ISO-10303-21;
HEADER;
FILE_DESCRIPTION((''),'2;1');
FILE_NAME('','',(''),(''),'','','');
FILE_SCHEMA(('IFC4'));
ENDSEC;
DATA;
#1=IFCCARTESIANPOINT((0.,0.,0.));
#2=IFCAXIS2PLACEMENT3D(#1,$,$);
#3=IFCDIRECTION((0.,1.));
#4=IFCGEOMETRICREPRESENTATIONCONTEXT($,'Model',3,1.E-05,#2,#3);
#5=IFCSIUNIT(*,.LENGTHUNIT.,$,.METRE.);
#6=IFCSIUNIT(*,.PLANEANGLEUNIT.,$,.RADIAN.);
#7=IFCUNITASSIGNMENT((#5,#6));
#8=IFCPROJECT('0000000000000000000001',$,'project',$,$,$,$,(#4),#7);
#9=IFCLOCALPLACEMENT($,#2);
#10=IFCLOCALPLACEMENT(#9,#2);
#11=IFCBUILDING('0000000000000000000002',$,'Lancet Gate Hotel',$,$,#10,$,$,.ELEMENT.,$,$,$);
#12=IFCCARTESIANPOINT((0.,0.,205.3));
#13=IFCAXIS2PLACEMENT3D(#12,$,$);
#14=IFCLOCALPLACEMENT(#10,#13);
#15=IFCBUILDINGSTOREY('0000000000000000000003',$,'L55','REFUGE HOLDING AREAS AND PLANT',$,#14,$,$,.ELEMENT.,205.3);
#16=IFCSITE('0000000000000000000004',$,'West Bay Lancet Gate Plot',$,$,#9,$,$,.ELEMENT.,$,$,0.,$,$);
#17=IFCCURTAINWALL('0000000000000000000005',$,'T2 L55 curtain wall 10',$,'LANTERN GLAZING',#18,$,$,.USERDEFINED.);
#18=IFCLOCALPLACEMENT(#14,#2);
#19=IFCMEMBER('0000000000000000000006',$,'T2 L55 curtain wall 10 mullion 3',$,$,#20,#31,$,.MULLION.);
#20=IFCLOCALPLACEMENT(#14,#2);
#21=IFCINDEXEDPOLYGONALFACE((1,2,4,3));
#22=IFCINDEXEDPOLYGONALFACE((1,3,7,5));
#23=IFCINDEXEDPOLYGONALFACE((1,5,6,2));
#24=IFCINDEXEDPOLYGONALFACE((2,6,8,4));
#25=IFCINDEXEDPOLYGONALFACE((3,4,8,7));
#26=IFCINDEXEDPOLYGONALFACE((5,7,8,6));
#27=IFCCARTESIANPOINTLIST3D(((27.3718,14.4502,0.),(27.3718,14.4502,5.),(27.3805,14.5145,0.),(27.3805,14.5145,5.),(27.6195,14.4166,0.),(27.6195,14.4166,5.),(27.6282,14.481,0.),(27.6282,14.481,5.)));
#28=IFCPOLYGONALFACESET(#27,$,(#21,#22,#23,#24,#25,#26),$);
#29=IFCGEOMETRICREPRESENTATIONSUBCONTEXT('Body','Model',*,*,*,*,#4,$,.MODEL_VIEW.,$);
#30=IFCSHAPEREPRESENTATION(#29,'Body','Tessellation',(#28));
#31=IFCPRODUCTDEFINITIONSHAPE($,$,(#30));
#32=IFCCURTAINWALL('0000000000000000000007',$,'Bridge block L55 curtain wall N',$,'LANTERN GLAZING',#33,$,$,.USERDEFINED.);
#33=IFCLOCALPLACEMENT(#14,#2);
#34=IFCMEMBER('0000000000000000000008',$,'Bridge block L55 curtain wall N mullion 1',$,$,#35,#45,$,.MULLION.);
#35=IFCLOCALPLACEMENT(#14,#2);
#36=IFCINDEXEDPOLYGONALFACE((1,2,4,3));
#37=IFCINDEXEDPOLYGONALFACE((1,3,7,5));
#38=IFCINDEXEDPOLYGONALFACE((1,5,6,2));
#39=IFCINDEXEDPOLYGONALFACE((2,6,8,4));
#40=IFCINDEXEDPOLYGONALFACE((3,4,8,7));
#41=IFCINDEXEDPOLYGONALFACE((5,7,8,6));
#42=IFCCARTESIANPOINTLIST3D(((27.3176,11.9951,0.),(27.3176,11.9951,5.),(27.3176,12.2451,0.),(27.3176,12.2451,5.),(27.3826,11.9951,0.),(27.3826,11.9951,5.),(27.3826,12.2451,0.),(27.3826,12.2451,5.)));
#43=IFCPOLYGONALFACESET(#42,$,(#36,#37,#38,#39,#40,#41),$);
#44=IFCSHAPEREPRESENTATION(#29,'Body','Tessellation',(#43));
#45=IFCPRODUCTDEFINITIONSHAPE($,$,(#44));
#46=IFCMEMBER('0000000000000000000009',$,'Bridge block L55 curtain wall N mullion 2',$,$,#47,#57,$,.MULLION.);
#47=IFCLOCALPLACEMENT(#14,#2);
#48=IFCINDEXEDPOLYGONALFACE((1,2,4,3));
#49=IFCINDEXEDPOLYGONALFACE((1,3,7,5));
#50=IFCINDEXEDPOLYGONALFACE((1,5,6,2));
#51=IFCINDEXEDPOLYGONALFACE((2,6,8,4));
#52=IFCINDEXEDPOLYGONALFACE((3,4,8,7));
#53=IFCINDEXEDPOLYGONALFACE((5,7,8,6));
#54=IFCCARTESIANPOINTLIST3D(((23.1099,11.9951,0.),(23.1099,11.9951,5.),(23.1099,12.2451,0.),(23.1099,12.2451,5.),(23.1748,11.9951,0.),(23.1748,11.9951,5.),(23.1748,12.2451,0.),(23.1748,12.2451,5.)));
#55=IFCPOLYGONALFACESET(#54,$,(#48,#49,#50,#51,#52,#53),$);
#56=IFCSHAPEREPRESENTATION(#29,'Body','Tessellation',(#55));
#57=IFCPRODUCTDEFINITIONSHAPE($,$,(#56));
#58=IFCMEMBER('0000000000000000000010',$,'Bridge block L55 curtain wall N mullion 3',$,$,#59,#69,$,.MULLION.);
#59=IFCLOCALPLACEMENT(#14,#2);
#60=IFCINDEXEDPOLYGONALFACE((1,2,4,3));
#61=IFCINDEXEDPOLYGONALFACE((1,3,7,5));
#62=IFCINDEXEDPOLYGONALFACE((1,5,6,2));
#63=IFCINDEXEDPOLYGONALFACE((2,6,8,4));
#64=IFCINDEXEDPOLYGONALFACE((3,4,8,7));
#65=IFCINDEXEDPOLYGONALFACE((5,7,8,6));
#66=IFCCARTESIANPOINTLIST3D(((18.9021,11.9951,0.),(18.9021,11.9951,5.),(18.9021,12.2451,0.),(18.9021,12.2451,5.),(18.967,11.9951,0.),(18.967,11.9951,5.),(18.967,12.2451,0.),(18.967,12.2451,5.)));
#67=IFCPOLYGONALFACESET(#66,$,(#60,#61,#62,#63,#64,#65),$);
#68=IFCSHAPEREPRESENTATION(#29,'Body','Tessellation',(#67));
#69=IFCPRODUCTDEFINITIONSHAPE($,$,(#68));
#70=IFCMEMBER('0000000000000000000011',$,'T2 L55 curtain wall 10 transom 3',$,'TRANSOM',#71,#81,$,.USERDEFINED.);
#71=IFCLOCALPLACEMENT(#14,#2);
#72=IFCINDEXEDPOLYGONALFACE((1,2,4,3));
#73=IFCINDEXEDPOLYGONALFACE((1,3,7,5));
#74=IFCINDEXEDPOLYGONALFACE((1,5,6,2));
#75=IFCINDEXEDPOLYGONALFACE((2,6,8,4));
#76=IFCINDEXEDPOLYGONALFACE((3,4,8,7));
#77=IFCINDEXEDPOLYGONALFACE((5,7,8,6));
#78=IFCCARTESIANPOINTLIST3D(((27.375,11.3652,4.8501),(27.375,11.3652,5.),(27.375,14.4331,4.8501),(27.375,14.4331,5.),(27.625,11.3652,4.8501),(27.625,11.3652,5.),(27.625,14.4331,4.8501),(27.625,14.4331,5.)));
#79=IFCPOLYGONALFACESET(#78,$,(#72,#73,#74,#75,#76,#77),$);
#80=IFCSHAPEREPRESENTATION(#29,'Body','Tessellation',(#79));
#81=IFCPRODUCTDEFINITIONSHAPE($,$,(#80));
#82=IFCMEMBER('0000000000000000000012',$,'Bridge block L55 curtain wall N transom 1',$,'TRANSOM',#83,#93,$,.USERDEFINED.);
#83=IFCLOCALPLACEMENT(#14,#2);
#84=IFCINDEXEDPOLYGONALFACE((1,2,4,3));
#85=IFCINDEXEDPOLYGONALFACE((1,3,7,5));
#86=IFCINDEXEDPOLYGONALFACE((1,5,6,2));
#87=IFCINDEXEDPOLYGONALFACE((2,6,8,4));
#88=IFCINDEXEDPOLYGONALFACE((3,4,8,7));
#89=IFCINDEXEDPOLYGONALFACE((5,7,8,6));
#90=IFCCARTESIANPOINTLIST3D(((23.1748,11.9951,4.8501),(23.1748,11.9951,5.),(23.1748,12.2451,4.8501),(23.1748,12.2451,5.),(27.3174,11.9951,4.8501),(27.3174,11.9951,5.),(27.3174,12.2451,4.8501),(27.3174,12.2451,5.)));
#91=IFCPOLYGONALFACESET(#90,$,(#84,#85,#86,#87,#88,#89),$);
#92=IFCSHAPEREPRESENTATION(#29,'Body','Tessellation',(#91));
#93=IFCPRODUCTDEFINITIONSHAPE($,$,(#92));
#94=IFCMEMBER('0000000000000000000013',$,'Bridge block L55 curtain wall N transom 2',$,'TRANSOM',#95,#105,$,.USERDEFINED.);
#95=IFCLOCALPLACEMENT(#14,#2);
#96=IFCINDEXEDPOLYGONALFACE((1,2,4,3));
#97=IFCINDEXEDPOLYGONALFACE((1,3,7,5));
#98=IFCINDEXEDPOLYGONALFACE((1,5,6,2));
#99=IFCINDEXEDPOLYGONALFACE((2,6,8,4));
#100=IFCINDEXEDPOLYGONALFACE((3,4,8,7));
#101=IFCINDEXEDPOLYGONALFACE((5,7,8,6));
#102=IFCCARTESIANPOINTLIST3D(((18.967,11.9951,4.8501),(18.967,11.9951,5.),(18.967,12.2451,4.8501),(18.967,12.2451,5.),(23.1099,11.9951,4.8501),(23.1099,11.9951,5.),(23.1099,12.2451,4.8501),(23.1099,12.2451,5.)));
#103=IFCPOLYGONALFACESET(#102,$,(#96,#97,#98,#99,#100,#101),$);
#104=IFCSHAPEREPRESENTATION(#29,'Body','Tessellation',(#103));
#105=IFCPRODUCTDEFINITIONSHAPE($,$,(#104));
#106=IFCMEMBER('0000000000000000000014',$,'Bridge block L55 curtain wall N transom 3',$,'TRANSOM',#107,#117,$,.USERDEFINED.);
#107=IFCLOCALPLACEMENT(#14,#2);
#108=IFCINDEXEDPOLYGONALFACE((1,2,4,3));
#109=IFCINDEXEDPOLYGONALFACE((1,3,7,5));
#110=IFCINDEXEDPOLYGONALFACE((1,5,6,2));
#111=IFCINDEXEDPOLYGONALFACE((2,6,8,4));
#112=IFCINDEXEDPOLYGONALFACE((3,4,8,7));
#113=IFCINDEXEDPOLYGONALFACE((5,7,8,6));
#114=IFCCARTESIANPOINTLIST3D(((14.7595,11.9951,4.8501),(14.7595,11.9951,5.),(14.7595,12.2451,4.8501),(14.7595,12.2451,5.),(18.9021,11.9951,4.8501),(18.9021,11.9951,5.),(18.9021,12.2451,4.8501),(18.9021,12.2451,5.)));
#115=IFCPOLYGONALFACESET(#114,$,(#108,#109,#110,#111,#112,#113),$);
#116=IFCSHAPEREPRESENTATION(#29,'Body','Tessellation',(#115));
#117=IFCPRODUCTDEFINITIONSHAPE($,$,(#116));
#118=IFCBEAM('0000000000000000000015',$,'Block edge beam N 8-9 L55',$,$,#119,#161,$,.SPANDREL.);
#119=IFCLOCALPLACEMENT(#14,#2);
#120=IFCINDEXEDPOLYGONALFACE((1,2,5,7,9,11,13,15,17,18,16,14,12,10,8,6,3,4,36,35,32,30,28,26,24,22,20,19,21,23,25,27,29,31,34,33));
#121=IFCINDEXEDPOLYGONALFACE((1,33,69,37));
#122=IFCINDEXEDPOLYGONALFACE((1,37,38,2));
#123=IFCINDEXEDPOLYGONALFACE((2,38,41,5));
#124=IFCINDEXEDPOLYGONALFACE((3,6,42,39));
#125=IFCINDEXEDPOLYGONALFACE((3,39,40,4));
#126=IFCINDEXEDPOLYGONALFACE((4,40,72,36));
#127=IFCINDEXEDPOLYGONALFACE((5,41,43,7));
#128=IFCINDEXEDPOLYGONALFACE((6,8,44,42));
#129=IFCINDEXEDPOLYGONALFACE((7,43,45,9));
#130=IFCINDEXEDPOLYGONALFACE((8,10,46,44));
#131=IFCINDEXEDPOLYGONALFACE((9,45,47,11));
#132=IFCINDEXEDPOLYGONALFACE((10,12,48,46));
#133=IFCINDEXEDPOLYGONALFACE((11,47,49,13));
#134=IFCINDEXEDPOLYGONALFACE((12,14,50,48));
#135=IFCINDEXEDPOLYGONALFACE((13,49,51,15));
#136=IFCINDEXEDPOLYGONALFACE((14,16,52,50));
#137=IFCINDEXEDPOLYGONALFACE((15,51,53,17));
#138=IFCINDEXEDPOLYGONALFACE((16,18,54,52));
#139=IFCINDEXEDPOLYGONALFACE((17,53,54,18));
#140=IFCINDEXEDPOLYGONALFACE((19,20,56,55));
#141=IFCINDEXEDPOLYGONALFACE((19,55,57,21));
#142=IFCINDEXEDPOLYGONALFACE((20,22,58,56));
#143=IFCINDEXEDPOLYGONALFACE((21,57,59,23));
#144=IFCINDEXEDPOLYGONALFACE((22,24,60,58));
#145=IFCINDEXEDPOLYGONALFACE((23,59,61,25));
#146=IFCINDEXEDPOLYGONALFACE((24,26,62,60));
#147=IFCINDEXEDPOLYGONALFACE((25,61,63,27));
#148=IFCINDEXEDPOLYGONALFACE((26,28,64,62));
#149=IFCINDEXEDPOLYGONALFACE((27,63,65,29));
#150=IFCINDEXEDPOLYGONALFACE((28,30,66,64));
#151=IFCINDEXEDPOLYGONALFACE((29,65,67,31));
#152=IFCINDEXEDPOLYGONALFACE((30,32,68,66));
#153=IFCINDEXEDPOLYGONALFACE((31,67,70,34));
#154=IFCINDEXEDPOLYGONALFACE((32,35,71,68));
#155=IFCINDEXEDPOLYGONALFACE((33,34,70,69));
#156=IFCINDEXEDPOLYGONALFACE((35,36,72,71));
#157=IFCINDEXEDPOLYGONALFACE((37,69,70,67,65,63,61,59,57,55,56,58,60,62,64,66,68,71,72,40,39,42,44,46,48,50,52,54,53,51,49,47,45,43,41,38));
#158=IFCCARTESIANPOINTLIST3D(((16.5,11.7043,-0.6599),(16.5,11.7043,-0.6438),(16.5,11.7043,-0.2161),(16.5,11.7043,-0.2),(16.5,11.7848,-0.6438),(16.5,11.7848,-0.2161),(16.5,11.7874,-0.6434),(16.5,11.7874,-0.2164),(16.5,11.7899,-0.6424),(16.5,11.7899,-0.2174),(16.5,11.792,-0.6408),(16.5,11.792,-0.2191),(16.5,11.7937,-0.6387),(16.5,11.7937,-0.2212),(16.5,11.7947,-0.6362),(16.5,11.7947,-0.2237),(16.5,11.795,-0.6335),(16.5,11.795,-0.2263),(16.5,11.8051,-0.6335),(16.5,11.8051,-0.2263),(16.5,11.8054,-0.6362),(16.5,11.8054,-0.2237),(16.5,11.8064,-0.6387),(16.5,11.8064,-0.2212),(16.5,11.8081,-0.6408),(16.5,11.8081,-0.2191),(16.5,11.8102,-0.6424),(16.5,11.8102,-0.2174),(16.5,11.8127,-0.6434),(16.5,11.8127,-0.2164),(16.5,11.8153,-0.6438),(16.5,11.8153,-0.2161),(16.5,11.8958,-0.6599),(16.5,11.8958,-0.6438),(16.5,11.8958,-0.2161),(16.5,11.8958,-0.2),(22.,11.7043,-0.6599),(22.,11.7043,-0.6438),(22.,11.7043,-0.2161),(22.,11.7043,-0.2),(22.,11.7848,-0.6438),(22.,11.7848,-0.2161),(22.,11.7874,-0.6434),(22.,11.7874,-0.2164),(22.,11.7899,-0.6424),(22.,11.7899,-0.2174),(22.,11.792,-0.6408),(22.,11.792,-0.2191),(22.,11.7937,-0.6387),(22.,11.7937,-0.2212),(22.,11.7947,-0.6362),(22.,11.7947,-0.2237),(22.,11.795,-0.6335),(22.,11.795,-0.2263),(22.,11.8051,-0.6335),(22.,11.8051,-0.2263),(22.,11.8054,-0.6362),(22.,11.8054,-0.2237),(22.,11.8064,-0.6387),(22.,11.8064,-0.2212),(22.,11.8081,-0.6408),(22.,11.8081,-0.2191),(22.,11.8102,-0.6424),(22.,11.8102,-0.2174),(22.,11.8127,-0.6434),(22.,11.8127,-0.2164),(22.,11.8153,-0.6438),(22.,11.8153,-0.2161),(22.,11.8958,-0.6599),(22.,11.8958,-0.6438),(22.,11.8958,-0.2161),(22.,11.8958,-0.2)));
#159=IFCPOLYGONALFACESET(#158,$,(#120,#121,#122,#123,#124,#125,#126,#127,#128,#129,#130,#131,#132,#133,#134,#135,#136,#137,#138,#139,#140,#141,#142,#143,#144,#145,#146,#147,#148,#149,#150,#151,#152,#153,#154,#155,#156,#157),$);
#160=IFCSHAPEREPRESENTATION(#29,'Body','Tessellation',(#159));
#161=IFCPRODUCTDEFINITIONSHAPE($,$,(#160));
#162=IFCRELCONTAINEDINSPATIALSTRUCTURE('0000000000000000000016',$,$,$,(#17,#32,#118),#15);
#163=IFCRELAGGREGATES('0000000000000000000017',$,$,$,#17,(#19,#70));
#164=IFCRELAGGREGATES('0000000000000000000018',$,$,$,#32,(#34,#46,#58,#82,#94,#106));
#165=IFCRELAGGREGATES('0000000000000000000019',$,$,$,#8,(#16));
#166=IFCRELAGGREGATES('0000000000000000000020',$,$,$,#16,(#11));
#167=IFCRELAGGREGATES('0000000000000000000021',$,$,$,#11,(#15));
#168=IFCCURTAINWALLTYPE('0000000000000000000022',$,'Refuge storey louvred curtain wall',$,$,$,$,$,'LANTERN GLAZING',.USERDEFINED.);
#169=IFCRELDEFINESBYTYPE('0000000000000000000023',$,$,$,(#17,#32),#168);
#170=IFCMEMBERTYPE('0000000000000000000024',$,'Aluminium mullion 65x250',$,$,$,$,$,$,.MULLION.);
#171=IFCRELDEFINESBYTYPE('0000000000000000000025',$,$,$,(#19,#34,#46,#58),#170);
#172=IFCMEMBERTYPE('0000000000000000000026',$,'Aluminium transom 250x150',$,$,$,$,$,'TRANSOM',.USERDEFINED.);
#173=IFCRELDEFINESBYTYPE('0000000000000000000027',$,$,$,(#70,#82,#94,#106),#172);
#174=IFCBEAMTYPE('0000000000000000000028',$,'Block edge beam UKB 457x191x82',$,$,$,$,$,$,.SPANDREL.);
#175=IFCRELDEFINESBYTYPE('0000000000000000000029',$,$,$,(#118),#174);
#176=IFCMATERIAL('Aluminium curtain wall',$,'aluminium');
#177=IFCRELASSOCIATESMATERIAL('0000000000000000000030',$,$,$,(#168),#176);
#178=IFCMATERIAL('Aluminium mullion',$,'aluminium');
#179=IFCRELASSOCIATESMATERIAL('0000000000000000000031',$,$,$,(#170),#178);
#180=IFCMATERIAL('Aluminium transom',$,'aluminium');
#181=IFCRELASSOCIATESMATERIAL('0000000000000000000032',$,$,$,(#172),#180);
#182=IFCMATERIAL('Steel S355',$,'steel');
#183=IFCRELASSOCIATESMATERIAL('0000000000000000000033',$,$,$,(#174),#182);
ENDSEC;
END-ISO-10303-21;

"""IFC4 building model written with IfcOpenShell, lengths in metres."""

from ifc_helpers import new_model, si_unit, direction, frame, origin, origin_2d, place, context, subcontext, project, spatial, rectangle, i_section, extrude, material, material_profile, profile_set, type_object, element, aggregate, save


model = new_model("IFC4")

# Units and contexts
model_context = context("Model", 3, precision=1e-05, world=origin(), true_north=direction((0.0, 1.0)))
body_context = subcontext(model_context, "Body", "Model", "MODEL_VIEW")
ifc_project = project(units=[si_unit("LENGTHUNIT", "METRE"), si_unit("PLANEANGLEUNIT", "RADIAN")], contexts=[model_context])

# Site, building, storey
site_placement = place(None, origin())
site = spatial("IfcSite", under=ifc_project, at=site_placement, Name="West Bay Lancet Gate Plot", CompositionType="ELEMENT", RefElevation=0.0)
building_placement = place(site_placement, origin())
building = spatial("IfcBuilding", under=site, at=building_placement, Name="Lancet Gate Hotel", CompositionType="ELEMENT")
storey_placement = place(building_placement, frame((0.0, 0.0, 205.3)))
storey = spatial("IfcBuildingStorey", under=building, at=storey_placement, Name="L55", Description="REFUGE HOLDING AREAS AND PLANT", CompositionType="ELEMENT", Elevation=205.3)

# Curtain wall, member
ifc_material_1 = material(Name="Aluminium curtain wall", Category="aluminium")
curtain_wall_type = type_object("IfcCurtainWallType", Name="Refuge storey louvred curtain wall", ElementType="LANTERN GLAZING", PredefinedType="USERDEFINED", material=ifc_material_1)
curtain_wall_1_placement = place(storey_placement, origin())
curtain_wall_1 = element("IfcCurtainWall", 1, at=curtain_wall_1_placement, inside=storey, type_object=curtain_wall_type, Name="T2 L55 curtain wall 10", ObjectType="LANTERN GLAZING", PredefinedType="USERDEFINED")
ifc_material_2 = material(Name="Aluminium mullion", Category="aluminium")
ifc_material_profile_1 = material_profile(ifc_material_2, rectangle(XDim=0.0649, YDim=0.25, at=origin_2d()), Name="MULLION 65x250")
ifc_profile_set_1 = profile_set([ifc_material_profile_1], Name="Aluminium mullion")
member_type_1 = type_object("IfcMemberType", Name="Aluminium mullion 65x250", PredefinedType="MULLION", material=ifc_profile_set_1)
member_1_placement = place(storey_placement, frame((27.5, 14.4656, 0.0), z_axis=(0.0, 0.0, 1.0), x_axis=(-0.134207, -0.990953, 0.0)))
member_1 = element("IfcMember", 2, at=member_1_placement, type_object=member_type_1, Name="T2 L55 curtain wall 10 mullion 3", PredefinedType="MULLION", context=body_context, shape_type="SweptSolid", body=[
    extrude(rectangle(XDim=0.0649, YDim=0.25, at=origin_2d()), origin(), (0.0, 0.0, 1.0), 5.0),
])

# Curtain wall, members
curtain_wall_2_placement = place(storey_placement, origin())
curtain_wall_2 = element("IfcCurtainWall", 3, at=curtain_wall_2_placement, inside=storey, type_object=curtain_wall_type, Name="Bridge block L55 curtain wall N", ObjectType="LANTERN GLAZING", PredefinedType="USERDEFINED")
member_2_placement = place(storey_placement, frame((27.3501, 12.1201, 0.0), z_axis=(0.0, 0.0, 1.0), x_axis=(-1.0, 0.0, 0.0)))
member_2 = element("IfcMember", 4, at=member_2_placement, type_object=member_type_1, Name="Bridge block L55 curtain wall N mullion 1", PredefinedType="MULLION", context=body_context, shape_type="SweptSolid", body=[
    extrude(rectangle(XDim=0.0649, YDim=0.25, at=origin_2d()), origin(), (0.0, 0.0, 1.0), 5.0),
])
member_3_placement = place(storey_placement, frame((23.1423, 12.1201, 0.0), z_axis=(0.0, 0.0, 1.0), x_axis=(-1.0, 0.0, 0.0)))
member_3 = element("IfcMember", 5, at=member_3_placement, type_object=member_type_1, Name="Bridge block L55 curtain wall N mullion 2", PredefinedType="MULLION", context=body_context, shape_type="SweptSolid", body=[
    extrude(rectangle(XDim=0.0649, YDim=0.25, at=origin_2d()), origin(), (0.0, 0.0, 1.0), 5.0),
])
member_4_placement = place(storey_placement, frame((18.9346, 12.1201, 0.0), z_axis=(0.0, 0.0, 1.0), x_axis=(-1.0, 0.0, 0.0)))
member_4 = element("IfcMember", 6, at=member_4_placement, type_object=member_type_1, Name="Bridge block L55 curtain wall N mullion 3", PredefinedType="MULLION", context=body_context, shape_type="SweptSolid", body=[
    extrude(rectangle(XDim=0.0649, YDim=0.25, at=origin_2d()), origin(), (0.0, 0.0, 1.0), 5.0),
])

# Members
ifc_material_3 = material(Name="Aluminium transom", Category="aluminium")
ifc_material_profile_2 = material_profile(ifc_material_3, rectangle(XDim=0.25, YDim=0.1499, at=origin_2d()), Name="TRANSOM 250x150")
ifc_profile_set_2 = profile_set([ifc_material_profile_2], Name="Aluminium transom")
member_type_2 = type_object("IfcMemberType", Name="Aluminium transom 250x150", ElementType="TRANSOM", PredefinedType="USERDEFINED", material=ifc_profile_set_2)
member_5_placement = place(storey_placement, frame((27.5, 14.4331, 4.925), z_axis=(0.0, -1.0, 0.0), x_axis=(1.0, 0.0, 0.0)))
member_5 = element("IfcMember", 7, at=member_5_placement, type_object=member_type_2, Name="T2 L55 curtain wall 10 transom 3", ObjectType="TRANSOM", PredefinedType="USERDEFINED", context=body_context, shape_type="SweptSolid", body=[
    extrude(rectangle(XDim=0.25, YDim=0.1499, at=origin_2d()), origin(), (0.0, 0.0, 1.0), 3.0679),
])
member_6_placement = place(storey_placement, frame((27.3174, 12.1201, 4.925), z_axis=(-1.0, 0.0, 0.0), x_axis=(0.0, -1.0, 0.0)))
member_6 = element("IfcMember", 8, at=member_6_placement, type_object=member_type_2, Name="Bridge block L55 curtain wall N transom 1", ObjectType="TRANSOM", PredefinedType="USERDEFINED", context=body_context, shape_type="SweptSolid", body=[
    extrude(rectangle(XDim=0.25, YDim=0.1499, at=origin_2d()), origin(), (0.0, 0.0, 1.0), 4.1426),
])
member_7_placement = place(storey_placement, frame((23.1099, 12.1201, 4.925), z_axis=(-1.0, 0.0, 0.0), x_axis=(0.0, -1.0, 0.0)))
member_7 = element("IfcMember", 9, at=member_7_placement, type_object=member_type_2, Name="Bridge block L55 curtain wall N transom 2", ObjectType="TRANSOM", PredefinedType="USERDEFINED", context=body_context, shape_type="SweptSolid", body=[
    extrude(rectangle(XDim=0.25, YDim=0.1499, at=origin_2d()), origin(), (0.0, 0.0, 1.0), 4.1428),
])
member_8_placement = place(storey_placement, frame((18.9021, 12.1201, 4.925), z_axis=(-1.0, 0.0, 0.0), x_axis=(0.0, -1.0, 0.0)))
member_8 = element("IfcMember", 10, at=member_8_placement, type_object=member_type_2, Name="Bridge block L55 curtain wall N transom 3", ObjectType="TRANSOM", PredefinedType="USERDEFINED", context=body_context, shape_type="SweptSolid", body=[
    extrude(rectangle(XDim=0.25, YDim=0.1499, at=origin_2d()), origin(), (0.0, 0.0, 1.0), 4.1426),
])

# Beam
ifc_material_4 = material(Name="Steel S355", Category="steel")
ifc_material_profile_3 = material_profile(ifc_material_4, i_section(OverallWidth=0.1914, OverallDepth=0.46, WebThickness=0.01, FlangeThickness=0.0161, FilletRadius=0.0103, at=origin_2d()), Name="UKB 457x191x82")
ifc_profile_set_3 = profile_set([ifc_material_profile_3], Name="Steel S355")
beam_type = type_object("IfcBeamType", Name="Block edge beam UKB 457x191x82", PredefinedType="SPANDREL", material=ifc_profile_set_3)
beam_1_placement = place(storey_placement, frame((16.5, 11.8, -0.4299), z_axis=(1.0, 0.0, 0.0), x_axis=(0.0, 1.0, 0.0)))
element("IfcBeam", 11, at=beam_1_placement, inside=storey, type_object=beam_type, Name="Block edge beam N 8-9 L55", PredefinedType="SPANDREL", context=body_context, shape_type="SweptSolid", body=[
    extrude(i_section(OverallWidth=0.1914, OverallDepth=0.46, WebThickness=0.01, FlangeThickness=0.0161, FilletRadius=0.0103, at=origin_2d()), origin(), (0.0, 0.0, 1.0), 5.5),
])

aggregate(curtain_wall_1, [member_1, member_5])
aggregate(curtain_wall_2, [member_2, member_3, member_4, member_6, member_7, member_8])

save(model, "model.ifc")
